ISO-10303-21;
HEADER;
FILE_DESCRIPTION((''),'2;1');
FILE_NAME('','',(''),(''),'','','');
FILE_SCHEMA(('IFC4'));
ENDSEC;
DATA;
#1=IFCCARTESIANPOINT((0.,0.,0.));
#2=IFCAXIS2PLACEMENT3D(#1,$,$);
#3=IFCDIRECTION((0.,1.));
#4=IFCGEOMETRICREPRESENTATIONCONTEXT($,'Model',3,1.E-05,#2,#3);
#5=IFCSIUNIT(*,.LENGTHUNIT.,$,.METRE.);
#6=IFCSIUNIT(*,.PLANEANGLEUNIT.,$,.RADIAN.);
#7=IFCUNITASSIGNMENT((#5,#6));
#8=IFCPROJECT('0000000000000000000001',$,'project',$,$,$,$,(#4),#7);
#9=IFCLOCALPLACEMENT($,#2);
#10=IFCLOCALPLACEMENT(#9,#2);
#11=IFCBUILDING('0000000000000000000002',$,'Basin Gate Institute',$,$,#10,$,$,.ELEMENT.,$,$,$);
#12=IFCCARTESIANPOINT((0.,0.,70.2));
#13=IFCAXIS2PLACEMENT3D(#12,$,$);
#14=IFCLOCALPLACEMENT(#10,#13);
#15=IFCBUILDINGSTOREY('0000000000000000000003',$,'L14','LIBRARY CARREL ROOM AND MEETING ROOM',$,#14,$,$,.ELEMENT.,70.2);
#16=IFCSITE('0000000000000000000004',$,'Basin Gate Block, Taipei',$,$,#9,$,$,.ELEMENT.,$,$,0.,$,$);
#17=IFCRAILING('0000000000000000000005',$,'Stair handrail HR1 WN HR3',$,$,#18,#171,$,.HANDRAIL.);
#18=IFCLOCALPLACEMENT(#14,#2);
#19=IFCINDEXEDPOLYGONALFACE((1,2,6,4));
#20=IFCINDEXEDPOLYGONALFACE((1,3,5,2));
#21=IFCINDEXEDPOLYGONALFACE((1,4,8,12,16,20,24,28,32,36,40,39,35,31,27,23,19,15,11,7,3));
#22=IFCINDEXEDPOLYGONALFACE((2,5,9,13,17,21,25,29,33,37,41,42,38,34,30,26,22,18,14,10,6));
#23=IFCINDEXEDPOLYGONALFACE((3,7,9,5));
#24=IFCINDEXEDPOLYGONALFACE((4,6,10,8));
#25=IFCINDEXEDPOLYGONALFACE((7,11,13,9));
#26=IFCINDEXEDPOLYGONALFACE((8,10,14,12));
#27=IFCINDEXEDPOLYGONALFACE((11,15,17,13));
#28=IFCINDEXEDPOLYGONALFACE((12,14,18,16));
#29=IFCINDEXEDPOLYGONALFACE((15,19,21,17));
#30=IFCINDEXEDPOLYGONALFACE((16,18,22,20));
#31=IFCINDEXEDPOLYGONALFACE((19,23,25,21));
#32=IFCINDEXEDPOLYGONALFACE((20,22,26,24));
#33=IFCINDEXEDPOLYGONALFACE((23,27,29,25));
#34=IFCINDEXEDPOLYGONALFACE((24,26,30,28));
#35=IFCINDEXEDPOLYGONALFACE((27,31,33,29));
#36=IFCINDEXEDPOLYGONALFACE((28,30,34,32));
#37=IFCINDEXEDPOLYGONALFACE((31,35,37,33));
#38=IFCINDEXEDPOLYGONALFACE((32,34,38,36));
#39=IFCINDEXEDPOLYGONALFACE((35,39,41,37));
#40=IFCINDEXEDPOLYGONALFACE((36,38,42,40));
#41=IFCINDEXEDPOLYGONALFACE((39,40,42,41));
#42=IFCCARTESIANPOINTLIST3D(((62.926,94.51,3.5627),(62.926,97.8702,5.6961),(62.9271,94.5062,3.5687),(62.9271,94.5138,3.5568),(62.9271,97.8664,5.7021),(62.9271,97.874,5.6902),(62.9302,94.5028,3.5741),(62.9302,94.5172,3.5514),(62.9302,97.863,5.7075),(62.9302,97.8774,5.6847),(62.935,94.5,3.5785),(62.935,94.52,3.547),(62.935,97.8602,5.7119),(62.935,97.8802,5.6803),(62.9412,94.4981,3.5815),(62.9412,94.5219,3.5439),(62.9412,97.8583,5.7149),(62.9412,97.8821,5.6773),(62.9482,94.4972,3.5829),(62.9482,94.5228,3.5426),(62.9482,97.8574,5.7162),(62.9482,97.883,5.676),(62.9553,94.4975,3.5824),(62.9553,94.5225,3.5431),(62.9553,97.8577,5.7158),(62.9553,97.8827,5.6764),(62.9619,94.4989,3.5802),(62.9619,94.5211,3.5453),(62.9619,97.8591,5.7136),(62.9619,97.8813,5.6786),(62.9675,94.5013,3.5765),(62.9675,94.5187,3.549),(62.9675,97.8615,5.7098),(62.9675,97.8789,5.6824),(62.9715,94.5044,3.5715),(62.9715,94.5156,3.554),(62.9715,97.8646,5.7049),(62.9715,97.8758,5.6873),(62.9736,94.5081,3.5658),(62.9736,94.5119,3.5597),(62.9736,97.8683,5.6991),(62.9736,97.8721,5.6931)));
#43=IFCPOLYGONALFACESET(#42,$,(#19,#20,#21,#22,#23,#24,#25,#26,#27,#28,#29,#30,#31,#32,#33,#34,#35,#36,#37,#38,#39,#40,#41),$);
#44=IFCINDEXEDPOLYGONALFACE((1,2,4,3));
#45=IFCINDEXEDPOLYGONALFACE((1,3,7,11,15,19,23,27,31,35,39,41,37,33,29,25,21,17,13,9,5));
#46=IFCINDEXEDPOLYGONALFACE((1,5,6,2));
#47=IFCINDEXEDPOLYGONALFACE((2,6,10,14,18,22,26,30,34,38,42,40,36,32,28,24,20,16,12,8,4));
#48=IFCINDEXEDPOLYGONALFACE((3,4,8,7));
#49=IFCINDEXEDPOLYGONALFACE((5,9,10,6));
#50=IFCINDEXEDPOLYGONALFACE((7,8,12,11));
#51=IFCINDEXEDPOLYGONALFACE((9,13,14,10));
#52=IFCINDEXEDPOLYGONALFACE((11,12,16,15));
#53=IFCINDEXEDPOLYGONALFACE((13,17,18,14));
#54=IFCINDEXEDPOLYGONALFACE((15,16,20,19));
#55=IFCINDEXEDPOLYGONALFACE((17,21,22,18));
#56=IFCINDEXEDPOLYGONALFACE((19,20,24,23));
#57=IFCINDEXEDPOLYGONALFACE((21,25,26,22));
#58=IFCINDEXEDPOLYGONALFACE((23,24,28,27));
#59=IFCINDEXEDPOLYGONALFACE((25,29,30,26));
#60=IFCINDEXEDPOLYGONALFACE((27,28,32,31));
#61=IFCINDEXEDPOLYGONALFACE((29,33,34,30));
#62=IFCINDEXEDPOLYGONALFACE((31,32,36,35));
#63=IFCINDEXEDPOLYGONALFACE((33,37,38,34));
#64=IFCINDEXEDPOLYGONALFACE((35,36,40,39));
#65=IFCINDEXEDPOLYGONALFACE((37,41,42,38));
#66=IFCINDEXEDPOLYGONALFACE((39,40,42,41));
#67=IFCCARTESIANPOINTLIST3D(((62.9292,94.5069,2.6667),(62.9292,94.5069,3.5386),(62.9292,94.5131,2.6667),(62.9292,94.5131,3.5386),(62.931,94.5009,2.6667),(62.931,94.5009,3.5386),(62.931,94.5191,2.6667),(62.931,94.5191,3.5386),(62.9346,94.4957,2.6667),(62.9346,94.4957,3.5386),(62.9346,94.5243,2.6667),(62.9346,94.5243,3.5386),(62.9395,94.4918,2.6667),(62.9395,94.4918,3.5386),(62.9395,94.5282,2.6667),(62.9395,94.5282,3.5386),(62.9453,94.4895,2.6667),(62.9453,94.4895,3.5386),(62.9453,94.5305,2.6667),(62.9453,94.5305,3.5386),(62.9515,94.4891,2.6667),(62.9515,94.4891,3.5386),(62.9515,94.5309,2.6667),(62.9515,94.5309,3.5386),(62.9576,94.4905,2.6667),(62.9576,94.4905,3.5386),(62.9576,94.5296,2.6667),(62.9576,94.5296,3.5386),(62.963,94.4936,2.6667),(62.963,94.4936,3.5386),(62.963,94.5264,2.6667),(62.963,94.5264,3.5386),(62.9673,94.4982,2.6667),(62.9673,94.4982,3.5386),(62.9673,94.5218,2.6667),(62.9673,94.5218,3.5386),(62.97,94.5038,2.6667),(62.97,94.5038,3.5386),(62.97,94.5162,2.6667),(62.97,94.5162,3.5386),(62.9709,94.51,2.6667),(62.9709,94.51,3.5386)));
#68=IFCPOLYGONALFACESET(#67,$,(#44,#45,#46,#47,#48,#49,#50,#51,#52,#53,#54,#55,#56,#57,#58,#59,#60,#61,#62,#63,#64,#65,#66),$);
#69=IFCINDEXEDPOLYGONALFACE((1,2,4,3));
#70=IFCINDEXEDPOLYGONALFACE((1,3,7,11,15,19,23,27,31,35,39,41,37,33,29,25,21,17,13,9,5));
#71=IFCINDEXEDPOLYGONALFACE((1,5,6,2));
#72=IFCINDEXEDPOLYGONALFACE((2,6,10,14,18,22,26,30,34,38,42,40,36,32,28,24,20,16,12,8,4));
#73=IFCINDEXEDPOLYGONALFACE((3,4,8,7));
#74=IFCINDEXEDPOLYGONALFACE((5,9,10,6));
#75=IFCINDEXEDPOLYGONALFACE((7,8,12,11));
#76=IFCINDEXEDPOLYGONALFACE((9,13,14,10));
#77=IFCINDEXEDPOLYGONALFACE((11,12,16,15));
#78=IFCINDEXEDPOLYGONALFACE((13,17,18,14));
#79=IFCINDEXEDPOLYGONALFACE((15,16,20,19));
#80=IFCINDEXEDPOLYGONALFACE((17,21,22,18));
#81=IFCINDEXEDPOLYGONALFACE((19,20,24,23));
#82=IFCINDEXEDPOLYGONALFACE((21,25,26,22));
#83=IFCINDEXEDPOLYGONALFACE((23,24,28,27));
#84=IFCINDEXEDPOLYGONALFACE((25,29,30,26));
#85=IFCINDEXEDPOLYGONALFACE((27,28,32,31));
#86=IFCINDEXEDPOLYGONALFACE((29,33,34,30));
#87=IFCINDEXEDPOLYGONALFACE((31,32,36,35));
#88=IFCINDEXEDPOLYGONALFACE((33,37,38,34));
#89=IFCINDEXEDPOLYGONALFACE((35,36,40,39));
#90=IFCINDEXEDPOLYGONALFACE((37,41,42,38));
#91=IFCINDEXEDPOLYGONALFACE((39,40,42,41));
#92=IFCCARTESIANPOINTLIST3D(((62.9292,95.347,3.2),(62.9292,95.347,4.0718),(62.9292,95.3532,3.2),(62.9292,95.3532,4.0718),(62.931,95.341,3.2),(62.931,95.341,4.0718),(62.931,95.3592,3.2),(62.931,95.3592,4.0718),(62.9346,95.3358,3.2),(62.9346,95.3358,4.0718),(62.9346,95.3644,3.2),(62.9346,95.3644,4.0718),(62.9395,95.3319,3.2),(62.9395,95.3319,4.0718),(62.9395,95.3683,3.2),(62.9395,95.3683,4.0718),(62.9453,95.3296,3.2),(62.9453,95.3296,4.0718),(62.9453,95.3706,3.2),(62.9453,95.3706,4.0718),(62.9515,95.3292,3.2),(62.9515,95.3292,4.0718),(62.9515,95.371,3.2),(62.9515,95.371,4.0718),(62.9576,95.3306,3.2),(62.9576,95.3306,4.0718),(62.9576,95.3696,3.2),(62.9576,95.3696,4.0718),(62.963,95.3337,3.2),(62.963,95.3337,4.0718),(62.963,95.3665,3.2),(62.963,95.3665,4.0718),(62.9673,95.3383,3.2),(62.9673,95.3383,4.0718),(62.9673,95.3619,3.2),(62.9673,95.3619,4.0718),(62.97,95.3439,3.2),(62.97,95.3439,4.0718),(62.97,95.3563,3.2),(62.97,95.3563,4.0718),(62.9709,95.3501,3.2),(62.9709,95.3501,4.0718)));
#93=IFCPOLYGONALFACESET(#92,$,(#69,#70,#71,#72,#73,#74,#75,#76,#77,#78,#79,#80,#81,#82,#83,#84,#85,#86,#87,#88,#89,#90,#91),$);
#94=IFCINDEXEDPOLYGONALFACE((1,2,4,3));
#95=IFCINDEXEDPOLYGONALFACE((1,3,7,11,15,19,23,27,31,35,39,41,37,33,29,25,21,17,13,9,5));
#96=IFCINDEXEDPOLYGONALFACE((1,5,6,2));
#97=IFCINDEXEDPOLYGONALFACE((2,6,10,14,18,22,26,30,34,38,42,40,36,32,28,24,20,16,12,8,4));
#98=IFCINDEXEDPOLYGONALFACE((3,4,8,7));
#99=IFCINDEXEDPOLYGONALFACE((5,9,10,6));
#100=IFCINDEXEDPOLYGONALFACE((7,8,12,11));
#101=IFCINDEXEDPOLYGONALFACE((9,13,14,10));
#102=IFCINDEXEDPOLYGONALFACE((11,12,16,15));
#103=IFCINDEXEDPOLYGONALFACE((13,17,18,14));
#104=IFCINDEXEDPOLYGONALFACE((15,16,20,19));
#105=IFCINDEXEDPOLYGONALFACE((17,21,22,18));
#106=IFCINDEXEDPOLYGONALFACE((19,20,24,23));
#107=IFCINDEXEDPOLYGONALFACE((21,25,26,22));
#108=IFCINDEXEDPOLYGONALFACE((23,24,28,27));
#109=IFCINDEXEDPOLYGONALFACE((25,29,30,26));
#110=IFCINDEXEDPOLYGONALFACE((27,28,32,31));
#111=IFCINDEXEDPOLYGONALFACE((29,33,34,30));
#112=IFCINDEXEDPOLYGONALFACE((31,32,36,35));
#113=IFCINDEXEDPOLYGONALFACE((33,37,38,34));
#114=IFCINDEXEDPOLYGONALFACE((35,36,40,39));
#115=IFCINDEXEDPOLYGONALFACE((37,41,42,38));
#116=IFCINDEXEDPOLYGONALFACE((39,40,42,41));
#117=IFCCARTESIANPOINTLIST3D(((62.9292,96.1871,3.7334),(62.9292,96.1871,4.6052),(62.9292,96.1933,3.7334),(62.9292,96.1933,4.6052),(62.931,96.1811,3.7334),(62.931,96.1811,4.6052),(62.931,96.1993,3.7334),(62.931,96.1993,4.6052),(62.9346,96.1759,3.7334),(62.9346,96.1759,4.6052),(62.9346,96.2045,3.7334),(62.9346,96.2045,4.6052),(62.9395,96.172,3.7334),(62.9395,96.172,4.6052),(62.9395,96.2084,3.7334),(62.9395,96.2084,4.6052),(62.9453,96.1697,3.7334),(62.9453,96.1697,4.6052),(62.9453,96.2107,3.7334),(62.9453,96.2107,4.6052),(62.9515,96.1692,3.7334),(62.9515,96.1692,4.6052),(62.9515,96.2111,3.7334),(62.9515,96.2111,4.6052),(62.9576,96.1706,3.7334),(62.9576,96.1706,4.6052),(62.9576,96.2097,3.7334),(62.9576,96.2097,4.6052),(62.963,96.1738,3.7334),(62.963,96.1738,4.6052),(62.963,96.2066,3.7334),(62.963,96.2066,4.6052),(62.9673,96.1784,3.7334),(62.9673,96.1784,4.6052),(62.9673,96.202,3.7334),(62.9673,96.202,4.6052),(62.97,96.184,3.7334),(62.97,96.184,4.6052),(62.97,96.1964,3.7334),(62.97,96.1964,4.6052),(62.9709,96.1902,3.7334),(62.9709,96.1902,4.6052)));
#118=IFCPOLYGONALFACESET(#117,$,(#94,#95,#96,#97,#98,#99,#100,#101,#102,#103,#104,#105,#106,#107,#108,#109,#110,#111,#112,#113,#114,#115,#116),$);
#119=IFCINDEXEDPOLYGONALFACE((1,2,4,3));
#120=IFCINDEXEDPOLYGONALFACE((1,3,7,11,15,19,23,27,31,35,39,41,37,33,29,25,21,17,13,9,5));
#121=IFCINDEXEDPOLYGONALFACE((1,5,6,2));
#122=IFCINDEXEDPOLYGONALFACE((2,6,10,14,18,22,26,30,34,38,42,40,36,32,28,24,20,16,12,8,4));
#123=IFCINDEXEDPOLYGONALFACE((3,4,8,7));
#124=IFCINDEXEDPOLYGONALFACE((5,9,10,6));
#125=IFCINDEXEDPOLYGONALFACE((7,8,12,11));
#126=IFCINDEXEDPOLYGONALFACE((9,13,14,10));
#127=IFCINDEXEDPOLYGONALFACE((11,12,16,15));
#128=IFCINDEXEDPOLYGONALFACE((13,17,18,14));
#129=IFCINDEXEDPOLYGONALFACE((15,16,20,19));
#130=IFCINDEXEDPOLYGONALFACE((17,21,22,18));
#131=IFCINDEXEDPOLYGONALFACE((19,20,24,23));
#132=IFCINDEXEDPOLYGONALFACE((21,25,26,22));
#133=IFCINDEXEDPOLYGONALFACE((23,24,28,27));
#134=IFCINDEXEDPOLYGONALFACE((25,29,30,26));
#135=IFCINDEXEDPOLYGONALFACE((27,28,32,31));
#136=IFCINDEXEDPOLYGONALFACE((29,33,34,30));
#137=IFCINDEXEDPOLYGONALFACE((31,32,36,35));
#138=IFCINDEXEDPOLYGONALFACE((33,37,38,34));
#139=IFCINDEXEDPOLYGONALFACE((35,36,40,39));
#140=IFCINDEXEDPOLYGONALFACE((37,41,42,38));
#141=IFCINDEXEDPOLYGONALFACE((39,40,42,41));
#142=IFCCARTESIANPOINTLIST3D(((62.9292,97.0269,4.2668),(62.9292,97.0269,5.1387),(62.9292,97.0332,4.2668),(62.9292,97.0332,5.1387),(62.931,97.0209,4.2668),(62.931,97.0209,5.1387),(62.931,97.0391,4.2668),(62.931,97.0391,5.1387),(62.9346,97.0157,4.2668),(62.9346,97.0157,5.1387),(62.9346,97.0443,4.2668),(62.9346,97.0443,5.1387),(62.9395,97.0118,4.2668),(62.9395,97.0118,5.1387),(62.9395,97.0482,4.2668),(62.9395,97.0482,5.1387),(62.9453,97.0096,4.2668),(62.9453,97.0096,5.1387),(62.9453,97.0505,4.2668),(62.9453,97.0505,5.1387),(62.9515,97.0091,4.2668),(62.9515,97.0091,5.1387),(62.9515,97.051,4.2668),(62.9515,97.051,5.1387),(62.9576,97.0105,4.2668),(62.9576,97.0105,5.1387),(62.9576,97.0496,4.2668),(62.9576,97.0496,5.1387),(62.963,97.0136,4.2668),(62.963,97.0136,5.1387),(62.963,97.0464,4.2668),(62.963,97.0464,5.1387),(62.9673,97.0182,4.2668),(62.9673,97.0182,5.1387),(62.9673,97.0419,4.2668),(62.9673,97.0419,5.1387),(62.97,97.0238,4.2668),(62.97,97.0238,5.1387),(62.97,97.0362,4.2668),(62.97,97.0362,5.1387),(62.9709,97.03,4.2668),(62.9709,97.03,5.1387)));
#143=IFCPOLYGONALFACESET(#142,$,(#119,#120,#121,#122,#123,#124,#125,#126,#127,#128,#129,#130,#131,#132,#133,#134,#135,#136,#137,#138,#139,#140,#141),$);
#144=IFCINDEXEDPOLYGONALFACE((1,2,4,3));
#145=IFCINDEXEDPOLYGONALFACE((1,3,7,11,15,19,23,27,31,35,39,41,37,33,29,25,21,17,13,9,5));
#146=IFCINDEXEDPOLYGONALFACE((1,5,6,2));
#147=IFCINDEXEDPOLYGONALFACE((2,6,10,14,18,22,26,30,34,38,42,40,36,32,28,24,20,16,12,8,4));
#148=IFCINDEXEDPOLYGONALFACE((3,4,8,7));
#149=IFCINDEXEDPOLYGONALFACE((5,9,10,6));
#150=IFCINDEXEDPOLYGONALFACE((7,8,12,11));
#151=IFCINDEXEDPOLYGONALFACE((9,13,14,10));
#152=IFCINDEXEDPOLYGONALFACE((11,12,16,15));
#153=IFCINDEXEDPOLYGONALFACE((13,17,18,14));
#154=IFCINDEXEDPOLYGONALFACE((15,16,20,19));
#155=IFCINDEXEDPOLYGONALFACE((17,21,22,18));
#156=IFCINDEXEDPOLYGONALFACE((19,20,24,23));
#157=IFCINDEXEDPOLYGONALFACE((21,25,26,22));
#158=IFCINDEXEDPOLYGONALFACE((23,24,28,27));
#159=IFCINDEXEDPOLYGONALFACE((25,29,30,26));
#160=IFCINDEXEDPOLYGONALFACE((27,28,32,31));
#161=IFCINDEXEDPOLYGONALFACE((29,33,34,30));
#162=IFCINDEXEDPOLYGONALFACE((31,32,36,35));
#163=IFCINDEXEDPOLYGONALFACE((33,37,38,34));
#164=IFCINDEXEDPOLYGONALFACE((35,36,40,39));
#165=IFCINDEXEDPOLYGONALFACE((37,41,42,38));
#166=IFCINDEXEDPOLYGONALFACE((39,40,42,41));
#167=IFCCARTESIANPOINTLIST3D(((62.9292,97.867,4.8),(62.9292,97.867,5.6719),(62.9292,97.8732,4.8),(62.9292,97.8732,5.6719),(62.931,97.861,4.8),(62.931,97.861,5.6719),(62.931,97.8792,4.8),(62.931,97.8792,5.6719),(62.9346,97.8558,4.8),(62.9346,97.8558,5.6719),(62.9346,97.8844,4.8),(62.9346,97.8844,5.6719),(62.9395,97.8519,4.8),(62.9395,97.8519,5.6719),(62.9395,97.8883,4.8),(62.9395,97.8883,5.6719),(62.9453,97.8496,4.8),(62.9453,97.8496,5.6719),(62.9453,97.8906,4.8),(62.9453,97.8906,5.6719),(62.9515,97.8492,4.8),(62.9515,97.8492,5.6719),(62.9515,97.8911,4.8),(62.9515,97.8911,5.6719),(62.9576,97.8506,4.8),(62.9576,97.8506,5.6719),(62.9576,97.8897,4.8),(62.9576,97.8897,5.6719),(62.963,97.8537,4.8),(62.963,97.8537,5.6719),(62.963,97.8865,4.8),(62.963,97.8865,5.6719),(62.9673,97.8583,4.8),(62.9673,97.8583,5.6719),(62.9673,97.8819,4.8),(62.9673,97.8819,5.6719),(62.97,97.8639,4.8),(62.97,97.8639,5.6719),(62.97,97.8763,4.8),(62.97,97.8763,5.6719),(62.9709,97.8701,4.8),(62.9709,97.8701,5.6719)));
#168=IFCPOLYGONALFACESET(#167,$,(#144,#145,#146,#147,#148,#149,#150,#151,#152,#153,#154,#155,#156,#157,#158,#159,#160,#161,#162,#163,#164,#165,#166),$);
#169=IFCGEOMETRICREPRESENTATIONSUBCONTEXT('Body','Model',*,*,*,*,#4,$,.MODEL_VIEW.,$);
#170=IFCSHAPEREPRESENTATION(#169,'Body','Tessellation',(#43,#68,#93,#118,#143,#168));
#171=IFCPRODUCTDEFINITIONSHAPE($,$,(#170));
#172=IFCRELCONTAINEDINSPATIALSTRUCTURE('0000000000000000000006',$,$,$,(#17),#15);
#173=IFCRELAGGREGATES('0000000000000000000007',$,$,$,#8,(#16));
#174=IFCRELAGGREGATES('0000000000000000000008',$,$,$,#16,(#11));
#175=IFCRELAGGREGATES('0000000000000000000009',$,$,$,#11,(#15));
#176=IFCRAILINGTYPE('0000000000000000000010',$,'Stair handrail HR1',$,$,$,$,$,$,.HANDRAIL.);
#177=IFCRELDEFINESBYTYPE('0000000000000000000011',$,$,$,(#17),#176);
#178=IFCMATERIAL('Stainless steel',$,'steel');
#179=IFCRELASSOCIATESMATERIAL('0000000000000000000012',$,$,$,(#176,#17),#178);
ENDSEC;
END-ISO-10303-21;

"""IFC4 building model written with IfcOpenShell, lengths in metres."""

from ifc_helpers import new_model, si_unit, direction, frame, origin, origin_2d, place, context, subcontext, project, spatial, circle, extrude, material, type_object, element, save


model = new_model("IFC4")

# Units and contexts
model_context = context("Model", 3, precision=1e-05, world=origin(), true_north=direction((0.0, 1.0)))
body_context = subcontext(model_context, "Body", "Model", "MODEL_VIEW")
ifc_project = project(units=[si_unit("LENGTHUNIT", "METRE"), si_unit("PLANEANGLEUNIT", "RADIAN")], contexts=[model_context])

# Site, building, storey
site_placement = place(None, origin())
site = spatial("IfcSite", under=ifc_project, at=site_placement, Name="Basin Gate Block, Taipei", CompositionType="ELEMENT", RefElevation=0.0)
building_placement = place(site_placement, origin())
building = spatial("IfcBuilding", under=site, at=building_placement, Name="Basin Gate Institute", CompositionType="ELEMENT")
storey_placement = place(building_placement, frame((0.0, 0.0, 70.2)))
storey = spatial("IfcBuildingStorey", under=building, at=storey_placement, Name="L14", Description="LIBRARY CARREL ROOM AND MEETING ROOM", CompositionType="ELEMENT", Elevation=70.2)

# Railing
ifc_material_1 = material(Name="Stainless steel", Category="steel")
railing_type_1 = type_object("IfcRailingType", Name="Stair handrail HR1", PredefinedType="HANDRAIL", material=ifc_material_1)
railing_1_placement = place(storey_placement, frame((62.95, 94.51, 2.6667)))
element("IfcRailing", 1, at=railing_1_placement, inside=storey, type_object=railing_type_1, material=ifc_material_1, Name="Stair handrail HR1 WN HR3", PredefinedType="HANDRAIL", context=body_context, shape_type="SweptSolid", body=[
    extrude(circle(Radius=0.0239, at=origin_2d()), frame((0.0, 0.0, 0.896), z_axis=(0.0, 0.844224, 0.53599), x_axis=(-1.0, 0.0, 0.0)), (0.0, 0.0, 1.0), 3.9802),
    extrude(circle(Radius=0.021, at=origin_2d()), origin(), (0.0, 0.0, 1.0), 0.8718),
    extrude(circle(Radius=0.021, at=origin_2d()), frame((0.0, 0.8401, 0.5332)), (0.0, 0.0, 1.0), 0.8718),
    extrude(circle(Radius=0.021, at=origin_2d()), frame((0.0, 1.6802, 1.0667)), (0.0, 0.0, 1.0), 0.8718),
    extrude(circle(Radius=0.021, at=origin_2d()), frame((0.0, 2.52, 1.6001)), (0.0, 0.0, 1.0), 0.8718),
    extrude(circle(Radius=0.021, at=origin_2d()), frame((0.0, 3.3601, 2.1333)), (0.0, 0.0, 1.0), 0.8718),
])

save(model, "model.ifc")
